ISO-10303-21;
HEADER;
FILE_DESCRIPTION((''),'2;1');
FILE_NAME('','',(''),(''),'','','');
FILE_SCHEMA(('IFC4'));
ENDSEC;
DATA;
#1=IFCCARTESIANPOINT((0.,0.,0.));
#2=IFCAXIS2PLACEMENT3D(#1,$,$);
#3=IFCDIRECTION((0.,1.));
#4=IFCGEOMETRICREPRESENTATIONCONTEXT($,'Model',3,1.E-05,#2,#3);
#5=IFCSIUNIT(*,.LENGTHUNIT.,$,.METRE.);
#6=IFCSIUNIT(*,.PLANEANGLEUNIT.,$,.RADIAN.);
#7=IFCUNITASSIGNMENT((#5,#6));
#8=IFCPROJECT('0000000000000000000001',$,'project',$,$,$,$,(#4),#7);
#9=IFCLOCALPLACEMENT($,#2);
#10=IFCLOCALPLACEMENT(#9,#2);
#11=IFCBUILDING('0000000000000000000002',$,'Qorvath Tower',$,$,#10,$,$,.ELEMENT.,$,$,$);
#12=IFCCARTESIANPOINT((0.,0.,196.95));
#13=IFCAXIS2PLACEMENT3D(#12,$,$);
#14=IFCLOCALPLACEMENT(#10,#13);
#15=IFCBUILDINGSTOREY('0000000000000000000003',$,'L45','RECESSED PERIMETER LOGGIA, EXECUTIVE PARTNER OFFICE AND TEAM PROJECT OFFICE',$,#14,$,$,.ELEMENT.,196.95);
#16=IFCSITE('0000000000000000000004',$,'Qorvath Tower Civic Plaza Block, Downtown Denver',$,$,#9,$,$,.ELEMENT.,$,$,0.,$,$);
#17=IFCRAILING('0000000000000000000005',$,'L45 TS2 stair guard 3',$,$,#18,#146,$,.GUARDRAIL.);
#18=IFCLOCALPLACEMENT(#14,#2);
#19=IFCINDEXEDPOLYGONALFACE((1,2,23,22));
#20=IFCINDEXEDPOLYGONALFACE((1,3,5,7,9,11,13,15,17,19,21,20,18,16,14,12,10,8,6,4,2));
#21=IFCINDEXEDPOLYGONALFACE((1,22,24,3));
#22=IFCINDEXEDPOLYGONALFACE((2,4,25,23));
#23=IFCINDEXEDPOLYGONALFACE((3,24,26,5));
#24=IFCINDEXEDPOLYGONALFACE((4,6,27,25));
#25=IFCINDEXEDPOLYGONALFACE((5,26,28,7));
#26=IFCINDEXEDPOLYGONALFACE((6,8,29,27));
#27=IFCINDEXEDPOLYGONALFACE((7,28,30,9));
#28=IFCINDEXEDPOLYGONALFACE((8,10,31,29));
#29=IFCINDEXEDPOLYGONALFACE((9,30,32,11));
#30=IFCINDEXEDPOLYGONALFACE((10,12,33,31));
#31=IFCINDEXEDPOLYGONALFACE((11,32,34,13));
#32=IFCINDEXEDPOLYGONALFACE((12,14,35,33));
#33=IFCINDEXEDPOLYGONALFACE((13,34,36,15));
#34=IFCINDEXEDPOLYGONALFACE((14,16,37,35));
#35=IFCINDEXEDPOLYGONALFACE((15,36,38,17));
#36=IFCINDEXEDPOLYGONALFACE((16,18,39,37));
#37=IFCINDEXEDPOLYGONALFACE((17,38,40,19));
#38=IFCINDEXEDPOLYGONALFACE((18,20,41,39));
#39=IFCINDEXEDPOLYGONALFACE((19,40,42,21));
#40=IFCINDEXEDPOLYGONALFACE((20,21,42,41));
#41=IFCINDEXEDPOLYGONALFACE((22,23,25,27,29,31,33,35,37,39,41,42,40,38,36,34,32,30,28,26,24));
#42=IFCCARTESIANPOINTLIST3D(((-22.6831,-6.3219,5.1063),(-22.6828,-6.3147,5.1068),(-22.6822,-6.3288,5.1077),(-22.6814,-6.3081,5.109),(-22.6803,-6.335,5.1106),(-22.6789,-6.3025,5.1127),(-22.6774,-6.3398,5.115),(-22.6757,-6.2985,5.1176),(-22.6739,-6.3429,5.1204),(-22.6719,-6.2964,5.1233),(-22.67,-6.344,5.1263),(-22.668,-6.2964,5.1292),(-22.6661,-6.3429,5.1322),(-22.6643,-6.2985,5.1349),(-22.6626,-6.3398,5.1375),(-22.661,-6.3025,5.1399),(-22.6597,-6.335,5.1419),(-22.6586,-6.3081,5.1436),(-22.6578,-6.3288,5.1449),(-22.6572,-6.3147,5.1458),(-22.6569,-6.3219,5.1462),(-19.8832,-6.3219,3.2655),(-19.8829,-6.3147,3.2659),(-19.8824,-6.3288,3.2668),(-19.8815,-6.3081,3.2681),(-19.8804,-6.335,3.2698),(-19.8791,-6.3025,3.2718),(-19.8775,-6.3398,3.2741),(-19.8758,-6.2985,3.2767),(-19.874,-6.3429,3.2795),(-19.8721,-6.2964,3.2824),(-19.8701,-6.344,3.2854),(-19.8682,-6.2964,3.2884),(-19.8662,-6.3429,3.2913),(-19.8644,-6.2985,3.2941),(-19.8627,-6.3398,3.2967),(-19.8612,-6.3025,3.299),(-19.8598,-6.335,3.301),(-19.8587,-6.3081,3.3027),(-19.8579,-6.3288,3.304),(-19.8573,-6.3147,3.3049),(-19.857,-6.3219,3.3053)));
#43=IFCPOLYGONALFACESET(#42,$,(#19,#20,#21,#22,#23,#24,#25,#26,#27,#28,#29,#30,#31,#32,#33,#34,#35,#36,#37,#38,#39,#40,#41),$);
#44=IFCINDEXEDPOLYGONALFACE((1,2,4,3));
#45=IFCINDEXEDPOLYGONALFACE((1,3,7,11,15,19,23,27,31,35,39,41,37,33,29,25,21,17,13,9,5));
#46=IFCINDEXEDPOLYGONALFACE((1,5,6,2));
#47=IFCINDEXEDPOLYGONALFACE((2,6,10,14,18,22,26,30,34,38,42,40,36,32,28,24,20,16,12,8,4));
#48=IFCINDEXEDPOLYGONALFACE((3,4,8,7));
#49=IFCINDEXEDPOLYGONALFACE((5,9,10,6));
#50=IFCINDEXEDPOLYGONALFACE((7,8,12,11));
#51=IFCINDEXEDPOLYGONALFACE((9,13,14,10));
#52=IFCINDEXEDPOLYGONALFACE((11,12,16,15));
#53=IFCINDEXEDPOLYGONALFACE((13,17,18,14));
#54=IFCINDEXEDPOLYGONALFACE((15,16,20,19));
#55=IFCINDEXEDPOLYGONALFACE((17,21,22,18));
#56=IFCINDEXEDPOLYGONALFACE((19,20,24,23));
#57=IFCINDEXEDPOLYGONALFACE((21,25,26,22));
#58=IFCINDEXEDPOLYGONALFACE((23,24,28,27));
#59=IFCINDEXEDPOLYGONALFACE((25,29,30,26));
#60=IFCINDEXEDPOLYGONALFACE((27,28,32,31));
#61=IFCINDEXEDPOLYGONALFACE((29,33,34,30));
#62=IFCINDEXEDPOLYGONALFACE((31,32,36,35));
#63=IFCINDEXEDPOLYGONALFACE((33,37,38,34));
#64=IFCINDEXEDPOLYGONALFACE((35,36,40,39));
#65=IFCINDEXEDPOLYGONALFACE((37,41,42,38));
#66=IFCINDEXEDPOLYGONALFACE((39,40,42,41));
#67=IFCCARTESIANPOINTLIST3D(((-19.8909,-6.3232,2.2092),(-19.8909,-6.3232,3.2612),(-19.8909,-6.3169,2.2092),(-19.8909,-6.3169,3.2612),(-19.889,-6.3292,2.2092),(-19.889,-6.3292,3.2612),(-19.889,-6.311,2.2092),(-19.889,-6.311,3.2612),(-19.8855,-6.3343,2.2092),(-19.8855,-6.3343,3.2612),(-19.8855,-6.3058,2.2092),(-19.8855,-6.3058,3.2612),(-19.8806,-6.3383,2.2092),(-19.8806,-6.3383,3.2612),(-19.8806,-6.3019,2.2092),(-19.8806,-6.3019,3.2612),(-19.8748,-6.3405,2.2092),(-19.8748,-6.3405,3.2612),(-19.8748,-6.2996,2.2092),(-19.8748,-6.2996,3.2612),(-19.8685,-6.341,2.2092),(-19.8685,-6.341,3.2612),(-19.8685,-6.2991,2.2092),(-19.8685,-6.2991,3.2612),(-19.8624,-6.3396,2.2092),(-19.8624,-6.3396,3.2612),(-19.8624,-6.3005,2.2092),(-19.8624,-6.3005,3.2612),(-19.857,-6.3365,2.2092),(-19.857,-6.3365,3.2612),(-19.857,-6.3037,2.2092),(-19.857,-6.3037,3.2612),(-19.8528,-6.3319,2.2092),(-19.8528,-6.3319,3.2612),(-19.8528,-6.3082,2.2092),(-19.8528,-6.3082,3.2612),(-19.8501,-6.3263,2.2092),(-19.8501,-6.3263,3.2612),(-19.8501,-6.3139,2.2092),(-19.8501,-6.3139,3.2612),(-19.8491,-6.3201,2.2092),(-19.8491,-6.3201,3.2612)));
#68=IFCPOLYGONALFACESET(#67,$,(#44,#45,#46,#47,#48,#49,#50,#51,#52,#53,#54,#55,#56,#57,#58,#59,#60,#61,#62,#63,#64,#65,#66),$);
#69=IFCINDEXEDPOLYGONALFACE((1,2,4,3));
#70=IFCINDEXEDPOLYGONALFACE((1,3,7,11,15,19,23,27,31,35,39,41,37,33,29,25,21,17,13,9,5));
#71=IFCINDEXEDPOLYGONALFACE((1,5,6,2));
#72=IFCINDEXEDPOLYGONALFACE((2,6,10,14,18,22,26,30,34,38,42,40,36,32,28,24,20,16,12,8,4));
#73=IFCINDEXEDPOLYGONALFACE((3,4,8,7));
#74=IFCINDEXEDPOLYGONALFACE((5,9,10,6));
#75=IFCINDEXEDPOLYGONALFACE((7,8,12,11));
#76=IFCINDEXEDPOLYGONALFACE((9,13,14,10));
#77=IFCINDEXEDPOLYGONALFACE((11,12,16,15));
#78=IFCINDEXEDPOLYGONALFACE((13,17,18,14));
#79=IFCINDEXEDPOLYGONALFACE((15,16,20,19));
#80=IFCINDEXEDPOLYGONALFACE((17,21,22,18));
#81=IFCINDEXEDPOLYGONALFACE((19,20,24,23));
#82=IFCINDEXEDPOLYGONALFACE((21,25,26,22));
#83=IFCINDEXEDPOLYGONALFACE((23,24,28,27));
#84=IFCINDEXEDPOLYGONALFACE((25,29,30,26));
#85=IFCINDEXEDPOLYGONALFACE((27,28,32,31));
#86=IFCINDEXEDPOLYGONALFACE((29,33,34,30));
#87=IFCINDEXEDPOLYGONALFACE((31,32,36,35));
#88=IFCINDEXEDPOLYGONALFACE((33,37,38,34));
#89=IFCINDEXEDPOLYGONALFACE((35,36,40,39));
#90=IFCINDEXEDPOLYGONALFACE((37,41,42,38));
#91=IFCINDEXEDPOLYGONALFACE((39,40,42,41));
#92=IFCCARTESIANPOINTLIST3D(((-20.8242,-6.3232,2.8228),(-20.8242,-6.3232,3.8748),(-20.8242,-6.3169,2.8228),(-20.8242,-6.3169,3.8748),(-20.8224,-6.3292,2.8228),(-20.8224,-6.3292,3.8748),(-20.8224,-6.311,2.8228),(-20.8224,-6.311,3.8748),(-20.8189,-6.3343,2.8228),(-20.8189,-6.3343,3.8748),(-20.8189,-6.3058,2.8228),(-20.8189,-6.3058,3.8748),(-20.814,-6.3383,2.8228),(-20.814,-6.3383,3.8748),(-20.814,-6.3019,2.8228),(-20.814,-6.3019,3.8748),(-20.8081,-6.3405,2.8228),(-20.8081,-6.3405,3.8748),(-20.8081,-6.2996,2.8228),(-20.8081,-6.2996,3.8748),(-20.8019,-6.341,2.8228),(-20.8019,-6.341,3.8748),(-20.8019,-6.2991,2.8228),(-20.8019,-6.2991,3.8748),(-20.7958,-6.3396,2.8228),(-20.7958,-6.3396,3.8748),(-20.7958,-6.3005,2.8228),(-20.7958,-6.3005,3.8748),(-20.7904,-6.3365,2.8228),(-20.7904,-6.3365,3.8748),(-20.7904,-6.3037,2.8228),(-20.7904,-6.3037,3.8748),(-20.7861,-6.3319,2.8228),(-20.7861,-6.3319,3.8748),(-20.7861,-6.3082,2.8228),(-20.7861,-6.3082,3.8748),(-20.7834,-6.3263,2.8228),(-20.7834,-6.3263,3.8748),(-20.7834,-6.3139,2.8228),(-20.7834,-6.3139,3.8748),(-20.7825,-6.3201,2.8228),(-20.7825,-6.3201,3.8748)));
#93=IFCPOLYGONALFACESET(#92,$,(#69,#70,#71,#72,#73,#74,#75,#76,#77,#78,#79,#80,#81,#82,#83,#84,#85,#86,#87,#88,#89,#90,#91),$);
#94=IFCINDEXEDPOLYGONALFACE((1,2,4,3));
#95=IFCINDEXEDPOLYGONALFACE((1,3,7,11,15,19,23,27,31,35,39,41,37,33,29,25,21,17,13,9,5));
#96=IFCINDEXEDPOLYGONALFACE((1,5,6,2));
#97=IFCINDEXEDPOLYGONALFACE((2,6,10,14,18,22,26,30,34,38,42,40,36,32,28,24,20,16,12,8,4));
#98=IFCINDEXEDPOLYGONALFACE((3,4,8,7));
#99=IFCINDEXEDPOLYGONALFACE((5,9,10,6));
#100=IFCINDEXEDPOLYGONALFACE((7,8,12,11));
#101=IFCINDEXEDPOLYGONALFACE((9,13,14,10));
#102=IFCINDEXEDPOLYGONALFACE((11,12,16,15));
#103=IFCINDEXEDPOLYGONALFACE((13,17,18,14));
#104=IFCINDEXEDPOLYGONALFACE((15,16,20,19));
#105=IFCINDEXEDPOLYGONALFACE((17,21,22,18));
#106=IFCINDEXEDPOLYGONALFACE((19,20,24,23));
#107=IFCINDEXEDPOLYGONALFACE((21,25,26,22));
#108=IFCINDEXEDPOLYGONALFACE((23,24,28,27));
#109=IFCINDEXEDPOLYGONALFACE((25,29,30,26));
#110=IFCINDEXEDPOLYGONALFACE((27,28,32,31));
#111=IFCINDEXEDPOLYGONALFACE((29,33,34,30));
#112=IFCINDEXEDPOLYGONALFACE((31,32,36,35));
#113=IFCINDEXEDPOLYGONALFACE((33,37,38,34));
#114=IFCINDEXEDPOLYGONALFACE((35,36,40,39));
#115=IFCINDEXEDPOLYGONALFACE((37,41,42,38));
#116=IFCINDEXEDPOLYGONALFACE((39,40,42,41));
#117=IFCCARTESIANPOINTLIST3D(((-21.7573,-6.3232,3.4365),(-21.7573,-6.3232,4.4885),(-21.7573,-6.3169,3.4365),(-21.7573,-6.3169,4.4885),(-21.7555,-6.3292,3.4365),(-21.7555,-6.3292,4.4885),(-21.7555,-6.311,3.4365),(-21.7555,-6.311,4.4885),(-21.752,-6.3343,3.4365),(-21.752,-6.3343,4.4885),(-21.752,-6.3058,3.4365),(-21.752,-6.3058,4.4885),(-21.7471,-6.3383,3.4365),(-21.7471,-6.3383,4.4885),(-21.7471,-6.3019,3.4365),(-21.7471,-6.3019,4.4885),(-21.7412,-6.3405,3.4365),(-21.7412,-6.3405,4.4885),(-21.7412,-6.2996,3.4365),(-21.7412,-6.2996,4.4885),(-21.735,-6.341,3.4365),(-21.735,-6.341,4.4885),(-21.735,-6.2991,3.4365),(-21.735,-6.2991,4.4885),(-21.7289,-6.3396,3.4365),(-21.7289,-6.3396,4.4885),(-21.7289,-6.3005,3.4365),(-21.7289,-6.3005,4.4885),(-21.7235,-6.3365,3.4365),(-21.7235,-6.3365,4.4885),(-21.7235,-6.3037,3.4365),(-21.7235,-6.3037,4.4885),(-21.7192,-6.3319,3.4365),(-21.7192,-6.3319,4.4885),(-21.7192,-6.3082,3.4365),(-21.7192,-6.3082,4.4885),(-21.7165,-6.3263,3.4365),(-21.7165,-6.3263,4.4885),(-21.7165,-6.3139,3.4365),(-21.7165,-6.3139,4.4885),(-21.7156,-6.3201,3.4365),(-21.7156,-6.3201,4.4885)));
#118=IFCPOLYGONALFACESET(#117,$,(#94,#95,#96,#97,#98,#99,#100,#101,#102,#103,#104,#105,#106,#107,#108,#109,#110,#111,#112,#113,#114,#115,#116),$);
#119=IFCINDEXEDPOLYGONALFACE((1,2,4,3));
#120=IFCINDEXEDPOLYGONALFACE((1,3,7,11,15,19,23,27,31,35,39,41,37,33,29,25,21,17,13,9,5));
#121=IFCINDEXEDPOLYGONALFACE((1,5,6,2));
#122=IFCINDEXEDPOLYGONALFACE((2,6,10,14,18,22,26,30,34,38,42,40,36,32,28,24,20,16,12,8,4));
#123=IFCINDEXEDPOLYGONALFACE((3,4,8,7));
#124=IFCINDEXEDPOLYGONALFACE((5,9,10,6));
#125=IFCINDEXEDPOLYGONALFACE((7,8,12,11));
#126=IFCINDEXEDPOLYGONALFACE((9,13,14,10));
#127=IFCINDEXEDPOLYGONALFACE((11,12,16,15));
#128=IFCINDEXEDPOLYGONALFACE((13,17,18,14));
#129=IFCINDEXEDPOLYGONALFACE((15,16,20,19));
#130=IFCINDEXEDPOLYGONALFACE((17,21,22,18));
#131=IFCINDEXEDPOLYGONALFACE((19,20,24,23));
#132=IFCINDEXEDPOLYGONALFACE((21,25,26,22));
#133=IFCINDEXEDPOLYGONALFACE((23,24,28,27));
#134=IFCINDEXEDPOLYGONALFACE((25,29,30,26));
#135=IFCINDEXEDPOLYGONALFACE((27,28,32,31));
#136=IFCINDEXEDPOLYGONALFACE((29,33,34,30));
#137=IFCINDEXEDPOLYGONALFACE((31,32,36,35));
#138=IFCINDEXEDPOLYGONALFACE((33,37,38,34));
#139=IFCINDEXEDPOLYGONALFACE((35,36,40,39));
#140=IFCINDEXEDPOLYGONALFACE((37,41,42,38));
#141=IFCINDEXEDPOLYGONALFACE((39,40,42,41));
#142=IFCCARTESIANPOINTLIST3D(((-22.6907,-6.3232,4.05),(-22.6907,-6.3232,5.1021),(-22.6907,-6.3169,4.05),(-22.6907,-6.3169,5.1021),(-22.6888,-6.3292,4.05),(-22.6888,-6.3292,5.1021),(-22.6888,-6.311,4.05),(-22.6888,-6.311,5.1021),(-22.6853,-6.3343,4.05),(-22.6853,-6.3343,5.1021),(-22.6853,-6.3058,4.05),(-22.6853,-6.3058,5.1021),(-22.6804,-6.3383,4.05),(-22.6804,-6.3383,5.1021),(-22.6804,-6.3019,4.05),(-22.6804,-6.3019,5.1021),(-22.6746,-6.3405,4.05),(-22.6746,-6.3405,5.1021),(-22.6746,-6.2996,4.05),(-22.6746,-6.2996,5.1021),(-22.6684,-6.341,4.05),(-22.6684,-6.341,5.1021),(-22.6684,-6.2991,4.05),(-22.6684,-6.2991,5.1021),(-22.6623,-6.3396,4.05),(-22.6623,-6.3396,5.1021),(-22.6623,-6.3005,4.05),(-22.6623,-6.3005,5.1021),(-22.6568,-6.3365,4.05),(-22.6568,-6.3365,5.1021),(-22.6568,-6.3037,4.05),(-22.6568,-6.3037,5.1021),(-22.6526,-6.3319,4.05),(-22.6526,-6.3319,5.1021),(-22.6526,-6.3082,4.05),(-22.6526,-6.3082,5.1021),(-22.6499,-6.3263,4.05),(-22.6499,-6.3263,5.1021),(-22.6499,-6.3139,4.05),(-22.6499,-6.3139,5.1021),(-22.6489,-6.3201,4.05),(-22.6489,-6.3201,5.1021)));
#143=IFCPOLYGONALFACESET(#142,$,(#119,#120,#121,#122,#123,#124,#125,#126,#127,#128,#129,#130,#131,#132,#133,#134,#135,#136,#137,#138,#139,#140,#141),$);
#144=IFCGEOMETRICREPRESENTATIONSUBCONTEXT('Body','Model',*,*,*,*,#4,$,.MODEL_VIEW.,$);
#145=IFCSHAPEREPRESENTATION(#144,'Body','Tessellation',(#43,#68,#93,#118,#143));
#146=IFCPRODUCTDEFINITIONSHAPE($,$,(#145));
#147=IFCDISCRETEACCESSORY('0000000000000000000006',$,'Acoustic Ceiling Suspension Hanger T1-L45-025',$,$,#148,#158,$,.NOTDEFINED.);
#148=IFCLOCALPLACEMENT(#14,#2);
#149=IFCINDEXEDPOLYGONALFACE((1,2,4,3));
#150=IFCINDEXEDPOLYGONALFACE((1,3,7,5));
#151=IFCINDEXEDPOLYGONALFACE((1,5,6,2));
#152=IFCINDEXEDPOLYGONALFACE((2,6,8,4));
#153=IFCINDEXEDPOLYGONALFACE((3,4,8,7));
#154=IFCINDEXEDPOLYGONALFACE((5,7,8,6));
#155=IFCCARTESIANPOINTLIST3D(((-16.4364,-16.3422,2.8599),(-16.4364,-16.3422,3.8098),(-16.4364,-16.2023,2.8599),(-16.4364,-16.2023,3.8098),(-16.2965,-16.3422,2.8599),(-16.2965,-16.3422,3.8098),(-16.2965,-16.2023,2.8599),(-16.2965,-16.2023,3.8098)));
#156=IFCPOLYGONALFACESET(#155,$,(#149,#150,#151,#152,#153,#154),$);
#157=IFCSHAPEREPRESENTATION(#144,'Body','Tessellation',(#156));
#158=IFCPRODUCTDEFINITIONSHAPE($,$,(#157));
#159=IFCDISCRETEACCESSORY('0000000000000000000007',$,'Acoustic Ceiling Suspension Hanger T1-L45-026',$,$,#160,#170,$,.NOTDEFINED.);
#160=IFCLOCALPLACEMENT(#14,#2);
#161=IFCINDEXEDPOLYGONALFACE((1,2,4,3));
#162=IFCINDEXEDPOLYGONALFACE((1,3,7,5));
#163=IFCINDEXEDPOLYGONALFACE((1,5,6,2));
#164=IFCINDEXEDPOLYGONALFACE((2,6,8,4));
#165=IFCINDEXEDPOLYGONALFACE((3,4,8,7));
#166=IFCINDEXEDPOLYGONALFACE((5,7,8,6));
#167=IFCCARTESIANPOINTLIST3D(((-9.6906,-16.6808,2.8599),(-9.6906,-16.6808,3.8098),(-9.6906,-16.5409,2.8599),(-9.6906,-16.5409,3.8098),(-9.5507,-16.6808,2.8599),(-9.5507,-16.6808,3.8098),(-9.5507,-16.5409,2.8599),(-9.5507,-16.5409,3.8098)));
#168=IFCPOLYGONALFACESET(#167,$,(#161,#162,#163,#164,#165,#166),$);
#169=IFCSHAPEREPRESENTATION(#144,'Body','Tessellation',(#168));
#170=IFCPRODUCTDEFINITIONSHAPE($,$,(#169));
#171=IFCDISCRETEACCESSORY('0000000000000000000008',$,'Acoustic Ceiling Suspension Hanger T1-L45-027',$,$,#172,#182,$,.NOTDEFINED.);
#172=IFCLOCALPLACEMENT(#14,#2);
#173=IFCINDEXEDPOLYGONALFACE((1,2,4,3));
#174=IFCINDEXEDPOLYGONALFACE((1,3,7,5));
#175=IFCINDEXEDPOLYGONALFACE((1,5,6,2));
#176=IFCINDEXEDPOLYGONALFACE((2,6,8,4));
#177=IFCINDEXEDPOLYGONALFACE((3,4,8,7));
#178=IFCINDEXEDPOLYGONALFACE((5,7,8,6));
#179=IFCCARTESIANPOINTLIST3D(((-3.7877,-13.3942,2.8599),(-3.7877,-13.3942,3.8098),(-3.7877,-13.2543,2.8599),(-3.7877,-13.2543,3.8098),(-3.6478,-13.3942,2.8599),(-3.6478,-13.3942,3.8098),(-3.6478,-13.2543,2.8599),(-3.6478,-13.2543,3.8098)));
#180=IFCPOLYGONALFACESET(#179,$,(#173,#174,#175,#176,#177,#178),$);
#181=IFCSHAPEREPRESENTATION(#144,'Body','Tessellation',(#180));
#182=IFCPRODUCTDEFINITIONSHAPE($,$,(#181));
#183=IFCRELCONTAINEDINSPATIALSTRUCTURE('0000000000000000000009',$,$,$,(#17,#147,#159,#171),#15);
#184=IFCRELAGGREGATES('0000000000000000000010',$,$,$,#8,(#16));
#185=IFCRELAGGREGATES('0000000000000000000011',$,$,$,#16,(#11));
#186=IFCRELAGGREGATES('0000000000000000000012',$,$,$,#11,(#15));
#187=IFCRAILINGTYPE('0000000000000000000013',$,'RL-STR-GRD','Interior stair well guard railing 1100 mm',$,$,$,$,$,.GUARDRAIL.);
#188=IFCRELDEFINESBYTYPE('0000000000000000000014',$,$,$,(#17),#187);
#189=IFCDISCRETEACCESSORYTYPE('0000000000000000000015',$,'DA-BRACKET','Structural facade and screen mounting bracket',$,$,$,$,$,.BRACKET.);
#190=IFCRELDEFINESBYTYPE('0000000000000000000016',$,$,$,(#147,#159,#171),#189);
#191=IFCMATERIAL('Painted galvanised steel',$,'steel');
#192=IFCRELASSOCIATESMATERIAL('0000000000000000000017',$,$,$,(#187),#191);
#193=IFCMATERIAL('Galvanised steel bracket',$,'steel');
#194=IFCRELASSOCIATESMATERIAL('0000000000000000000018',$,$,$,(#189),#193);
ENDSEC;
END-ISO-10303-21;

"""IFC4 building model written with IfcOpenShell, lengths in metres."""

from ifc_helpers import new_model, si_unit, direction, frame, origin, origin_2d, place, context, subcontext, project, spatial, rectangle, circle, extrude, material, type_object, element, save


model = new_model("IFC4")

# Units and contexts
model_context = context("Model", 3, precision=1e-05, world=origin(), true_north=direction((0.0, 1.0)))
body_context = subcontext(model_context, "Body", "Model", "MODEL_VIEW")
ifc_project = project(units=[si_unit("LENGTHUNIT", "METRE"), si_unit("PLANEANGLEUNIT", "RADIAN")], contexts=[model_context])

# Site, building, storey
site_placement = place(None, origin())
site = spatial("IfcSite", under=ifc_project, at=site_placement, Name="Qorvath Tower Civic Plaza Block, Downtown Denver", CompositionType="ELEMENT", RefElevation=0.0)
building_placement = place(site_placement, origin())
building = spatial("IfcBuilding", under=site, at=building_placement, Name="Qorvath Tower", CompositionType="ELEMENT")
storey_placement = place(building_placement, frame((0.0, 0.0, 196.95)))
storey = spatial("IfcBuildingStorey", under=building, at=storey_placement, Name="L45", Description="RECESSED PERIMETER LOGGIA, EXECUTIVE PARTNER OFFICE AND TEAM PROJECT OFFICE", CompositionType="ELEMENT", Elevation=196.95)

# Railing
ifc_material_1 = material(Name="Painted galvanised steel", Category="steel")
railing_type = type_object("IfcRailingType", Name="RL-STR-GRD", Description="Interior stair well guard railing 1100 mm", PredefinedType="GUARDRAIL", material=ifc_material_1)
railing_1_placement = place(storey_placement, frame((-19.8701, -6.3201, 2.2092)))
element("IfcRailing", 1, at=railing_1_placement, inside=storey, type_object=railing_type, Name="L45 TS2 stair guard 3", PredefinedType="GUARDRAIL", context=body_context, shape_type="SweptSolid", body=[
    extrude(circle(Radius=0.0239, at=origin_2d()), frame((0.0, 0.0, 1.0762), z_axis=(-0.835576, 0.0, 0.549376), x_axis=(0.0, -1.0, 0.0)), (0.0, 0.0, 1.0), 3.3508),
    extrude(circle(Radius=0.021, at=origin_2d()), origin(), (0.0, 0.0, 1.0), 1.052),
    extrude(circle(Radius=0.021, at=origin_2d()), frame((-0.9333, 0.0, 0.6135)), (0.0, 0.0, 1.0), 1.052),
    extrude(circle(Radius=0.021, at=origin_2d()), frame((-1.8665, 0.0, 1.2273)), (0.0, 0.0, 1.0), 1.052),
    extrude(circle(Radius=0.021, at=origin_2d()), frame((-2.7998, 0.0, 1.8408)), (0.0, 0.0, 1.0), 1.052),
])

# Discrete accessories
ifc_material_2 = material(Name="Galvanised steel bracket", Category="steel")
discrete_accessory_type = type_object("IfcDiscreteAccessoryType", Name="DA-BRACKET", Description="Structural facade and screen mounting bracket", PredefinedType="BRACKET", material=ifc_material_2)
for number, where, z_axis, x_axis, name in (
    (2, (-16.3665, -16.2722, 2.8599), (0.0, 0.0, 1.0), (1.0, 0.0, 0.0), "Acoustic Ceiling Suspension Hanger T1-L45-025"),
    (3, (-9.6206, -16.6108, 2.8599), (0.0, 0.0, 1.0), (1.0, 0.0, 0.0), "Acoustic Ceiling Suspension Hanger T1-L45-026"),
    (4, (-3.7178, -13.3242, 2.8599), (0.0, 0.0, 1.0), (1.0, 0.0, 0.0), "Acoustic Ceiling Suspension Hanger T1-L45-027"),
):
    element("IfcDiscreteAccessory", number, at=place(storey_placement, frame(where, z_axis=z_axis, x_axis=x_axis)), inside=storey, type_object=discrete_accessory_type, Name=name, PredefinedType="NOTDEFINED", context=body_context, shape_type="SweptSolid", body=[
        extrude(rectangle(XDim=0.1399, YDim=0.1399, at=origin_2d()), origin(), (0.0, 0.0, 1.0), 0.95),
    ])

save(model, "model.ifc")
